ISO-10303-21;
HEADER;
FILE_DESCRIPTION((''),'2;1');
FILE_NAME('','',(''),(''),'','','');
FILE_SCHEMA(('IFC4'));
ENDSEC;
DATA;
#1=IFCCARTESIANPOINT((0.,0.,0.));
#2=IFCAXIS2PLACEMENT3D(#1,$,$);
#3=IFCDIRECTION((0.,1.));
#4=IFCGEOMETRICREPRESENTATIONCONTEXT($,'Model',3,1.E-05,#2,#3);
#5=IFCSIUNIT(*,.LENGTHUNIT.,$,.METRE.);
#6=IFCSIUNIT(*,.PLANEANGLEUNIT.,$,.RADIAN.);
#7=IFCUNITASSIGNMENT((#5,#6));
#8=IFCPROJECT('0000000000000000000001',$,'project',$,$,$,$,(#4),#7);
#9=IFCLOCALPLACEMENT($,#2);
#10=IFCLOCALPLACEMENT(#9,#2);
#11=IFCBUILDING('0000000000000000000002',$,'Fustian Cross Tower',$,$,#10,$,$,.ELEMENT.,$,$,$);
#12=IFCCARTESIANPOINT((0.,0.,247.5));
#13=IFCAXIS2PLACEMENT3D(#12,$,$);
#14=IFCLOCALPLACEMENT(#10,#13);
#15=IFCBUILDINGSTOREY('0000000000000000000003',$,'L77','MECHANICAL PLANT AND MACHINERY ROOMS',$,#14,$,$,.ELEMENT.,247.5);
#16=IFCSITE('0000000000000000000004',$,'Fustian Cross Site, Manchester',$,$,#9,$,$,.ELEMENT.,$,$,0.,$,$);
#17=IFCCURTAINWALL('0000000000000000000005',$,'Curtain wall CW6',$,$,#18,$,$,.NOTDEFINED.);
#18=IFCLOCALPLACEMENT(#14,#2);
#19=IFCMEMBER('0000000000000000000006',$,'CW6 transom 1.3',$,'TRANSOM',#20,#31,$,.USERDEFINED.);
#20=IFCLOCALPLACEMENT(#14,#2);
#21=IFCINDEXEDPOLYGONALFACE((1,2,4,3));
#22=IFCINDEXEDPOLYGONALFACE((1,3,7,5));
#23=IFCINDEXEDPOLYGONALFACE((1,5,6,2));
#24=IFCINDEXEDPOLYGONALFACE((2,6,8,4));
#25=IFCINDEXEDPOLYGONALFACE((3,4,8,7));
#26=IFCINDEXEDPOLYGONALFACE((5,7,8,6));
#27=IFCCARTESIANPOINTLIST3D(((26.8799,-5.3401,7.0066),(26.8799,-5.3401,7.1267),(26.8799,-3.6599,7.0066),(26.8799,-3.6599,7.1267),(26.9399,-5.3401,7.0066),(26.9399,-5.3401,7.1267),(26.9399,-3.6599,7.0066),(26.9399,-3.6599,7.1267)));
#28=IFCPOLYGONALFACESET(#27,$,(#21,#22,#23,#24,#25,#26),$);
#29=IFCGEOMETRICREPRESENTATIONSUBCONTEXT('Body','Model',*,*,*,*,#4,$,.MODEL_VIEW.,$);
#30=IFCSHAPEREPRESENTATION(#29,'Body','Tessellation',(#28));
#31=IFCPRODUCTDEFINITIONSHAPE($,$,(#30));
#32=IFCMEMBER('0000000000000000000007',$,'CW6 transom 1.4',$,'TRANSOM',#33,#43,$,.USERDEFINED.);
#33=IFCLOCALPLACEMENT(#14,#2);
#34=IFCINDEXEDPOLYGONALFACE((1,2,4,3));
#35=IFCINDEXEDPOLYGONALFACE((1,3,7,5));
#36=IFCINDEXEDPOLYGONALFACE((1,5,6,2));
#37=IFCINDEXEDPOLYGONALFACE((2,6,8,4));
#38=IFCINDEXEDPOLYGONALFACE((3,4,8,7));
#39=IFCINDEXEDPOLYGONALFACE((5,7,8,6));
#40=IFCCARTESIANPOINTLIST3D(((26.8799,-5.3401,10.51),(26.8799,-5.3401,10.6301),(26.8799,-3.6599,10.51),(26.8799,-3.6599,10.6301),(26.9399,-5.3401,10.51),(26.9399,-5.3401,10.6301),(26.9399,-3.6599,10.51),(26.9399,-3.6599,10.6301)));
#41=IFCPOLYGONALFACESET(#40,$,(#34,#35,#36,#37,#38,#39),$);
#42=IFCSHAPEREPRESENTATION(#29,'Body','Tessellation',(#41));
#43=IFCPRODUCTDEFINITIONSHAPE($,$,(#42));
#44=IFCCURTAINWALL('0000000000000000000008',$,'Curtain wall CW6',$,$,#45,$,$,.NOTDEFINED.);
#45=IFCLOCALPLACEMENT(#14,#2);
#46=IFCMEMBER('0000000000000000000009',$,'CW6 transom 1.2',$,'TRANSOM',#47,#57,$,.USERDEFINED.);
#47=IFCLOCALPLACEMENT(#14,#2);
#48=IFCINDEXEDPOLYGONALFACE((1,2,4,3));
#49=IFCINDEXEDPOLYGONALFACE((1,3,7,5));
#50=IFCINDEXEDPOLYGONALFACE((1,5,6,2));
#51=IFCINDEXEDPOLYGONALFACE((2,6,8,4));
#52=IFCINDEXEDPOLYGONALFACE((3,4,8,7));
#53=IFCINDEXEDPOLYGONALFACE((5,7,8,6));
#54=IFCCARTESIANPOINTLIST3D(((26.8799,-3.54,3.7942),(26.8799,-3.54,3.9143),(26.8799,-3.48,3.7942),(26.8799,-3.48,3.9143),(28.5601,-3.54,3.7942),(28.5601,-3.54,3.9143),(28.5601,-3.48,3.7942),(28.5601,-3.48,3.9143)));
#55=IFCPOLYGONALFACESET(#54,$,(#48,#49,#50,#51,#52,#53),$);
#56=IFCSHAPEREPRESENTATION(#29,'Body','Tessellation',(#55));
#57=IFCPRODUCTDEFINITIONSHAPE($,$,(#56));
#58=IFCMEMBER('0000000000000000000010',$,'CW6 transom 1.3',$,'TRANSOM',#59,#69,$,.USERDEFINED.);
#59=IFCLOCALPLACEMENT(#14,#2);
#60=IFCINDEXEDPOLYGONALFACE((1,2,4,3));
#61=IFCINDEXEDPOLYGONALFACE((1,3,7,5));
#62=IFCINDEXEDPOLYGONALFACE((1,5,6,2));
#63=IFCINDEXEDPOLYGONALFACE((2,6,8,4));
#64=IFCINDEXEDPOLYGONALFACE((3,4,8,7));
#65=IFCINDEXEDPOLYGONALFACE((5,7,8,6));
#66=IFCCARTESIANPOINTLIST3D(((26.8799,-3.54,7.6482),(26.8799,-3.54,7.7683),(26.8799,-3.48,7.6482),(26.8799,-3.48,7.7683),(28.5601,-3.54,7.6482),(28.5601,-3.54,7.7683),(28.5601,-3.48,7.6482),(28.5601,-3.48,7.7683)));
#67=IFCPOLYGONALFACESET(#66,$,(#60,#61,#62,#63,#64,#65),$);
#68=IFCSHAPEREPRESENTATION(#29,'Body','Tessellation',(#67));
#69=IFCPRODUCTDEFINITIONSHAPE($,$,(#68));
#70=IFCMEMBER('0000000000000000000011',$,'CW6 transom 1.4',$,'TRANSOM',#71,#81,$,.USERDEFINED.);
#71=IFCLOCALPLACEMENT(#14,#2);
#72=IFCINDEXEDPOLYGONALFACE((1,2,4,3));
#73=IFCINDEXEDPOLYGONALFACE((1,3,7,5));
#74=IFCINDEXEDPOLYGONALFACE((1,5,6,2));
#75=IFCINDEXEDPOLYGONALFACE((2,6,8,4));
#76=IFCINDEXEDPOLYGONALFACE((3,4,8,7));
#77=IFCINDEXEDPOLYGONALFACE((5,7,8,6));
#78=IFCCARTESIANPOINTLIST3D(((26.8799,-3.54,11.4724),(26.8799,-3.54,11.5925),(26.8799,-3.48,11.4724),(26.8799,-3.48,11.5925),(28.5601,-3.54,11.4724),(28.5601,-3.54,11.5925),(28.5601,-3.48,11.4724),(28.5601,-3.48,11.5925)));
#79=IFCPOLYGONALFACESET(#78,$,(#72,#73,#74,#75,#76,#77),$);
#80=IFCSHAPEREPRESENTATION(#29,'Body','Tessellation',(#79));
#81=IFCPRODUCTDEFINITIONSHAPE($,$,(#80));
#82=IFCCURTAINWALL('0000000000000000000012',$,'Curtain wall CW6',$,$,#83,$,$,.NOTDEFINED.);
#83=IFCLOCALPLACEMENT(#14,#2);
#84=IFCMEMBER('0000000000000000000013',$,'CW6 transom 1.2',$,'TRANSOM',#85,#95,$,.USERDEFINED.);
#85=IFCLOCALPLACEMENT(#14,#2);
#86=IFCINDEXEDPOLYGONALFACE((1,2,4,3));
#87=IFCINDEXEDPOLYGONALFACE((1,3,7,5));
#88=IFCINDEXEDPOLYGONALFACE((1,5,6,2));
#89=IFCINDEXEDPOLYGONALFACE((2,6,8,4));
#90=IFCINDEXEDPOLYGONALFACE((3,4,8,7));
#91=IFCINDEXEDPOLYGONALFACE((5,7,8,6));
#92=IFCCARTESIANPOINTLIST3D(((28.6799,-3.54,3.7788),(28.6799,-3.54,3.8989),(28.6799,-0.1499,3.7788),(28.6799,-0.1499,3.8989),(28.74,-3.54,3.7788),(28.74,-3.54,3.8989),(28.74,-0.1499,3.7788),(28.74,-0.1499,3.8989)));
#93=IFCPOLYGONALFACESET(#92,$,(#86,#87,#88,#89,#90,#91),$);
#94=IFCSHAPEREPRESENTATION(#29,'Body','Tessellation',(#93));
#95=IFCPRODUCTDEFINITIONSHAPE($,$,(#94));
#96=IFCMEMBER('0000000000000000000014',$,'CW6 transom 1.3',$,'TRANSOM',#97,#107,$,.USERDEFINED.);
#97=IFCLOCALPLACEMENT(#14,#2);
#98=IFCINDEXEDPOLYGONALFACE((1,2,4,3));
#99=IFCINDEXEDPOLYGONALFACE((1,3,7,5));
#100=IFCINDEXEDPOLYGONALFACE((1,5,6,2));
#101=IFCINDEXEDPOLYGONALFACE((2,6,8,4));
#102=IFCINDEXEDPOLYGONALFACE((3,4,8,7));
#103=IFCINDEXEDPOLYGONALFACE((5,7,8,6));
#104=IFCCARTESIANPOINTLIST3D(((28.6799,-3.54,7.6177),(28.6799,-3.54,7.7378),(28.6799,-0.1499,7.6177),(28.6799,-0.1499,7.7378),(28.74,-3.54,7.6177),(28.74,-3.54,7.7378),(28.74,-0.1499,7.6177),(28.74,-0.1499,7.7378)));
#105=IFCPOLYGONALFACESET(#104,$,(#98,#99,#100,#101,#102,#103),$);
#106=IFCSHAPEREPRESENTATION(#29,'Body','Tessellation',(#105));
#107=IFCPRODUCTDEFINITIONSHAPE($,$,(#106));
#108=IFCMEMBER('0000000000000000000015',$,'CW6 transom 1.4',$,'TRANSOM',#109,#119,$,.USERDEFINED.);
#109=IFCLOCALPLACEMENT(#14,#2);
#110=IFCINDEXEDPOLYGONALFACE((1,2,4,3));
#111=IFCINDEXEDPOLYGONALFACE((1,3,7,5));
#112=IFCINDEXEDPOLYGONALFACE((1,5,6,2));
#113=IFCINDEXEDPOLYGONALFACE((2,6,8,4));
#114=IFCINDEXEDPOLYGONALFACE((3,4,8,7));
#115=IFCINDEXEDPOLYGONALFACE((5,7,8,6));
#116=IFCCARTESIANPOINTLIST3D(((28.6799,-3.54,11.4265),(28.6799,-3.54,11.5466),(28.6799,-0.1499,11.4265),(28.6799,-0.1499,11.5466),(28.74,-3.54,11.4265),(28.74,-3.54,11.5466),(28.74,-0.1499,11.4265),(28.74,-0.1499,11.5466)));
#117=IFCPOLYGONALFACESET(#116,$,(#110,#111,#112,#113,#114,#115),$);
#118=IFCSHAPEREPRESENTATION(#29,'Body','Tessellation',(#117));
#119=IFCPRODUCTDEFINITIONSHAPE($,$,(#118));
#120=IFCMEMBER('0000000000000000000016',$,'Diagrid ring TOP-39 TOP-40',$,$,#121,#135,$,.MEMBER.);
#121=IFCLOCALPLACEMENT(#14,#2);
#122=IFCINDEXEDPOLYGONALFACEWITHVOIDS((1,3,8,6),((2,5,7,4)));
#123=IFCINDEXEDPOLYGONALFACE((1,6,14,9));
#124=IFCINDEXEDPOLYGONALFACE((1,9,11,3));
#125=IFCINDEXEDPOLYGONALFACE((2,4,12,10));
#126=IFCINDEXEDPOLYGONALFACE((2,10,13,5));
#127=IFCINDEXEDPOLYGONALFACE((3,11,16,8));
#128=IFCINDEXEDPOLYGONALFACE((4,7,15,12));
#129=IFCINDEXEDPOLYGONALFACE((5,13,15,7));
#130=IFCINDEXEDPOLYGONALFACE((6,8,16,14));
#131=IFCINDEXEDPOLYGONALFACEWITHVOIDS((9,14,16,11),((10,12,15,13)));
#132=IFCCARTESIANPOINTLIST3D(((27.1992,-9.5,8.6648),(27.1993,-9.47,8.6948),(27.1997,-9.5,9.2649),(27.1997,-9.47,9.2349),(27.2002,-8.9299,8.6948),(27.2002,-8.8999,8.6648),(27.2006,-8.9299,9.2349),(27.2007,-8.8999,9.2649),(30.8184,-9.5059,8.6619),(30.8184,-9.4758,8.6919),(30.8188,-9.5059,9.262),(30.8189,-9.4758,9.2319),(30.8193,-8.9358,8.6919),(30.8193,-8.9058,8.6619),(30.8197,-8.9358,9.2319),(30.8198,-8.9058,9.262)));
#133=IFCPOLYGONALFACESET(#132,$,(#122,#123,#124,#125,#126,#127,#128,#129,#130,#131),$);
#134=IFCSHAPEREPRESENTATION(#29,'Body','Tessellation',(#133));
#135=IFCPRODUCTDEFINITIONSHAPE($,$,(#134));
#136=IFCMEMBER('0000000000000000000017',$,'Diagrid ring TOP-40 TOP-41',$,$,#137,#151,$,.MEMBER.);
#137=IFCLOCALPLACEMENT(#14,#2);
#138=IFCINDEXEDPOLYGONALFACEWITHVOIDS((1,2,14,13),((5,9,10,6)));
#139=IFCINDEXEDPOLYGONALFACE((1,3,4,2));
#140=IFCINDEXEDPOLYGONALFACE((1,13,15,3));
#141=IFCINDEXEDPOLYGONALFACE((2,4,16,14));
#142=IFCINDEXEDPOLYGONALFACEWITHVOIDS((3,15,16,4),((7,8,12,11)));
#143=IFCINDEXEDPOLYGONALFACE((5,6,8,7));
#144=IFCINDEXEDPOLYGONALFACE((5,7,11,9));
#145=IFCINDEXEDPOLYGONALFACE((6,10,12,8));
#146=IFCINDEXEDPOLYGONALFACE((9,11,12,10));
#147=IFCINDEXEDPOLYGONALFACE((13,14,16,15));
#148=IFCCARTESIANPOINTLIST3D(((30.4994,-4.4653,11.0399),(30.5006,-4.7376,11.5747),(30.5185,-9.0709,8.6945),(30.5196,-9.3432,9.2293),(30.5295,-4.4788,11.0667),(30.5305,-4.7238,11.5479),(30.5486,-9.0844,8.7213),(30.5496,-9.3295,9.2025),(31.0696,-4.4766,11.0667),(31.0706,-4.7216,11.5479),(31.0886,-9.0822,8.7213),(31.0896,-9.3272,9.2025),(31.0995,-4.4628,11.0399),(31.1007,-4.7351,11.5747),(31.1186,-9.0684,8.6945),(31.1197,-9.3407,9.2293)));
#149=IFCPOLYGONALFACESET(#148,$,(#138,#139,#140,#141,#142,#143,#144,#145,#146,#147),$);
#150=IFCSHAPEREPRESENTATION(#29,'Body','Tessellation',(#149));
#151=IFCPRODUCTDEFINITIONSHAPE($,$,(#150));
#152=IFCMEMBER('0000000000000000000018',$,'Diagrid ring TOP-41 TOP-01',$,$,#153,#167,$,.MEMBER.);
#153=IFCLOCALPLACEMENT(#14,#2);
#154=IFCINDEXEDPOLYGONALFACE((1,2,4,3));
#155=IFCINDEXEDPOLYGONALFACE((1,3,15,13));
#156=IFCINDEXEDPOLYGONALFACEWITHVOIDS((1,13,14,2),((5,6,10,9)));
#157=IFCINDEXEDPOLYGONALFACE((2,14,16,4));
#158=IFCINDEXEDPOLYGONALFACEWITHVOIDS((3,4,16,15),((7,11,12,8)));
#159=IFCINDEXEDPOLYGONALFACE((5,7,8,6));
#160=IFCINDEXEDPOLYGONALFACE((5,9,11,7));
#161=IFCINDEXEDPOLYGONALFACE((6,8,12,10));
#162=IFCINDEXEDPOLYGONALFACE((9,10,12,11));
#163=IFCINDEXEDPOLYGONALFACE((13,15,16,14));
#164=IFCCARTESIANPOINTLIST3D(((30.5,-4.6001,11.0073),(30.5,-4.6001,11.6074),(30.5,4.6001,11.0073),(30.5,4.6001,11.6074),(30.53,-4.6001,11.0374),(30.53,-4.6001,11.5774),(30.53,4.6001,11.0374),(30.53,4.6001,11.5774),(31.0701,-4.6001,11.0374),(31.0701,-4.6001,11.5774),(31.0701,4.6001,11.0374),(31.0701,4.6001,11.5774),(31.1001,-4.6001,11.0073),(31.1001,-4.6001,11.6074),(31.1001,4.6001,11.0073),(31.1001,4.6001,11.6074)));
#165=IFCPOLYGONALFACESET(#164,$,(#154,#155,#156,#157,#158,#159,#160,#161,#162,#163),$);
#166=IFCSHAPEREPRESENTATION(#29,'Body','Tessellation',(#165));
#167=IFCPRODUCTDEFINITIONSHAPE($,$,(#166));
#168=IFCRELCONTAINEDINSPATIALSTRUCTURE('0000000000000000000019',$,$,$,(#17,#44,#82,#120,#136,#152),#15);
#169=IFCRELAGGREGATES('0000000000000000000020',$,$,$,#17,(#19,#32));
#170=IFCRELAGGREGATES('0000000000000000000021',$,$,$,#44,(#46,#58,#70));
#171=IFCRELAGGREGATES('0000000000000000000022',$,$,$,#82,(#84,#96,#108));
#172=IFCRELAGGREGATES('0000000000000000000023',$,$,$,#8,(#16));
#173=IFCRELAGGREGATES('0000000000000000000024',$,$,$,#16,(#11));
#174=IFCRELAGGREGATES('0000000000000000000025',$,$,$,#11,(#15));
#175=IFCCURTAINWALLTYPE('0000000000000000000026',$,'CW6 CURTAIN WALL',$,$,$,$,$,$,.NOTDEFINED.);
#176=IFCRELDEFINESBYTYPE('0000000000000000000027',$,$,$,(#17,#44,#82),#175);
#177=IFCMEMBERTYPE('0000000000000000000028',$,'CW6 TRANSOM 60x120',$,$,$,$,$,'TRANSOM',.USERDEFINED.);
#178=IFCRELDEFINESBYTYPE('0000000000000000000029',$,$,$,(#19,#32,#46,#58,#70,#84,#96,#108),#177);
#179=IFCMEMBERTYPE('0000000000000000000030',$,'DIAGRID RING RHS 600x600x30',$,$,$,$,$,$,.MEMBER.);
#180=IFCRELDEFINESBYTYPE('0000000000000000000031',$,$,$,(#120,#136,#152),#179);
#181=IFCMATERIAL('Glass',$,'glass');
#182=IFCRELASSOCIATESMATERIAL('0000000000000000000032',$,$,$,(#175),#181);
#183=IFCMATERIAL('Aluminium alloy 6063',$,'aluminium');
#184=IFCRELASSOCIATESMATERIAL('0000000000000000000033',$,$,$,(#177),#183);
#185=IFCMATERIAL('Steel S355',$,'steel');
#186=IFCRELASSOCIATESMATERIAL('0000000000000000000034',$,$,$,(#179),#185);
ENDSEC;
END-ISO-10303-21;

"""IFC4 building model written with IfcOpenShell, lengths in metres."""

from ifc_helpers import new_model, si_unit, direction, frame, origin, origin_2d, place, context, subcontext, project, spatial, rectangle, hollow_rectangle, extrude, material, material_profile, profile_set, type_object, element, aggregate, save


model = new_model("IFC4")

# Units and contexts
model_context = context("Model", 3, precision=1e-05, world=origin(), true_north=direction((0.0, 1.0)))
body_context = subcontext(model_context, "Body", "Model", "MODEL_VIEW")
ifc_project = project(units=[si_unit("LENGTHUNIT", "METRE"), si_unit("PLANEANGLEUNIT", "RADIAN")], contexts=[model_context])

# Site, building, storey
site_placement = place(None, origin())
site = spatial("IfcSite", under=ifc_project, at=site_placement, Name="Fustian Cross Site, Manchester", CompositionType="ELEMENT", RefElevation=0.0)
building_placement = place(site_placement, origin())
building = spatial("IfcBuilding", under=site, at=building_placement, Name="Fustian Cross Tower", CompositionType="ELEMENT")
storey_placement = place(building_placement, frame((0.0, 0.0, 247.5)))
storey = spatial("IfcBuildingStorey", under=building, at=storey_placement, Name="L77", Description="MECHANICAL PLANT AND MACHINERY ROOMS", CompositionType="ELEMENT", Elevation=247.5)

# Curtain walls, members
ifc_material_1 = material(Name="Glass", Category="glass")
curtain_wall_type = type_object("IfcCurtainWallType", Name="CW6 CURTAIN WALL", PredefinedType="NOTDEFINED", material=ifc_material_1)
curtain_wall_1_placement = place(storey_placement, origin())
curtain_wall_1 = element("IfcCurtainWall", 1, at=curtain_wall_1_placement, inside=storey, type_object=curtain_wall_type, Name="Curtain wall CW6", PredefinedType="NOTDEFINED")
ifc_material_2 = material(Name="Aluminium alloy 6063", Category="aluminium")
ifc_material_profile_1 = material_profile(ifc_material_2, rectangle(XDim=0.0601, YDim=0.1201, at=origin_2d()), Name="CW6 TRANSOM 60x120")
ifc_profile_set_1 = profile_set([ifc_material_profile_1], Name="Aluminium alloy 6063")
member_type_1 = type_object("IfcMemberType", Name="CW6 TRANSOM 60x120", ElementType="TRANSOM", PredefinedType="USERDEFINED", material=ifc_profile_set_1)
member_1_placement = place(storey_placement, frame((26.9099, -5.3401, 7.0667), z_axis=(0.0, 1.0, 0.0), x_axis=(-1.0, 0.0, 0.0)))
member_1 = element("IfcMember", 2, at=member_1_placement, type_object=member_type_1, Name="CW6 transom 1.3", ObjectType="TRANSOM", PredefinedType="USERDEFINED", context=body_context, shape_type="SweptSolid", body=[
    extrude(rectangle(XDim=0.0601, YDim=0.1201, at=origin_2d()), origin(), (0.0, 0.0, 1.0), 1.6802),
])
member_2_placement = place(storey_placement, frame((26.9099, -5.3401, 10.5701), z_axis=(0.0, 1.0, 0.0), x_axis=(-1.0, 0.0, 0.0)))
member_2 = element("IfcMember", 3, at=member_2_placement, type_object=member_type_1, Name="CW6 transom 1.4", ObjectType="TRANSOM", PredefinedType="USERDEFINED", context=body_context, shape_type="SweptSolid", body=[
    extrude(rectangle(XDim=0.0601, YDim=0.1201, at=origin_2d()), origin(), (0.0, 0.0, 1.0), 1.6802),
])
curtain_wall_2_placement = place(storey_placement, origin())
curtain_wall_2 = element("IfcCurtainWall", 4, at=curtain_wall_2_placement, inside=storey, type_object=curtain_wall_type, Name="Curtain wall CW6", PredefinedType="NOTDEFINED")
member_3_placement = place(storey_placement, frame((26.8799, -3.51, 3.8542), z_axis=(1.0, 0.0, 0.0), x_axis=(0.0, 1.0, 0.0)))
member_3 = element("IfcMember", 5, at=member_3_placement, type_object=member_type_1, Name="CW6 transom 1.2", ObjectType="TRANSOM", PredefinedType="USERDEFINED", context=body_context, shape_type="SweptSolid", body=[
    extrude(rectangle(XDim=0.0601, YDim=0.1201, at=origin_2d()), origin(), (0.0, 0.0, 1.0), 1.6802),
])
member_4_placement = place(storey_placement, frame((26.8799, -3.51, 7.7083), z_axis=(1.0, 0.0, 0.0), x_axis=(0.0, 1.0, 0.0)))
member_4 = element("IfcMember", 6, at=member_4_placement, type_object=member_type_1, Name="CW6 transom 1.3", ObjectType="TRANSOM", PredefinedType="USERDEFINED", context=body_context, shape_type="SweptSolid", body=[
    extrude(rectangle(XDim=0.0601, YDim=0.1201, at=origin_2d()), origin(), (0.0, 0.0, 1.0), 1.6802),
])
member_5_placement = place(storey_placement, frame((26.8799, -3.51, 11.5325), z_axis=(1.0, 0.0, 0.0), x_axis=(0.0, 1.0, 0.0)))
member_5 = element("IfcMember", 7, at=member_5_placement, type_object=member_type_1, Name="CW6 transom 1.4", ObjectType="TRANSOM", PredefinedType="USERDEFINED", context=body_context, shape_type="SweptSolid", body=[
    extrude(rectangle(XDim=0.0601, YDim=0.1201, at=origin_2d()), origin(), (0.0, 0.0, 1.0), 1.6802),
])
curtain_wall_3_placement = place(storey_placement, origin())
curtain_wall_3 = element("IfcCurtainWall", 8, at=curtain_wall_3_placement, inside=storey, type_object=curtain_wall_type, Name="Curtain wall CW6", PredefinedType="NOTDEFINED")
member_6_placement = place(storey_placement, frame((28.71, -3.54, 3.8389), z_axis=(0.0, 1.0, 0.0), x_axis=(-1.0, 0.0, 0.0)))
member_6 = element("IfcMember", 9, at=member_6_placement, type_object=member_type_1, Name="CW6 transom 1.2", ObjectType="TRANSOM", PredefinedType="USERDEFINED", context=body_context, shape_type="SweptSolid", body=[
    extrude(rectangle(XDim=0.0601, YDim=0.1201, at=origin_2d()), origin(), (0.0, 0.0, 1.0), 3.3901),
])
member_7_placement = place(storey_placement, frame((28.71, -3.54, 7.6777), z_axis=(0.0, 1.0, 0.0), x_axis=(-1.0, 0.0, 0.0)))
member_7 = element("IfcMember", 10, at=member_7_placement, type_object=member_type_1, Name="CW6 transom 1.3", ObjectType="TRANSOM", PredefinedType="USERDEFINED", context=body_context, shape_type="SweptSolid", body=[
    extrude(rectangle(XDim=0.0601, YDim=0.1201, at=origin_2d()), origin(), (0.0, 0.0, 1.0), 3.3901),
])
member_8_placement = place(storey_placement, frame((28.71, -3.54, 11.4866), z_axis=(0.0, 1.0, 0.0), x_axis=(-1.0, 0.0, 0.0)))
member_8 = element("IfcMember", 11, at=member_8_placement, type_object=member_type_1, Name="CW6 transom 1.4", ObjectType="TRANSOM", PredefinedType="USERDEFINED", context=body_context, shape_type="SweptSolid", body=[
    extrude(rectangle(XDim=0.0601, YDim=0.1201, at=origin_2d()), origin(), (0.0, 0.0, 1.0), 3.3901),
])

# Members
ifc_material_3 = material(Name="Steel S355", Category="steel")
ifc_material_profile_2 = material_profile(ifc_material_3, hollow_rectangle(XDim=0.6001, YDim=0.6001, WallThickness=0.03, at=origin_2d()), Name="RHS 600x600x30")
ifc_profile_set_2 = profile_set([ifc_material_profile_2], Name="Steel S355")
member_type_2 = type_object("IfcMemberType", Name="DIAGRID RING RHS 600x600x30", PredefinedType="MEMBER", material=ifc_profile_set_2)
member_9_placement = place(storey_placement, frame((27.2, -9.2, 8.9648), z_axis=(0.999998, -0.001619, -0.000809), x_axis=(0.001619, 0.999999, 0.0)))
element("IfcMember", 12, at=member_9_placement, inside=storey, type_object=member_type_2, Name="Diagrid ring TOP-39 TOP-40", PredefinedType="MEMBER", context=body_context, shape_type="SweptSolid", body=[
    extrude(hollow_rectangle(XDim=0.6001, YDim=0.6001, WallThickness=0.03, at=origin_2d()), origin(), (0.0, 0.0, 1.0), 3.6191),
])
member_10_placement = place(storey_placement, frame((30.8191, -9.2058, 8.9619), z_axis=(-0.003684, 0.8911, 0.453792), x_axis=(-0.999991, -0.004135, 0.0)))
element("IfcMember", 13, at=member_10_placement, inside=storey, type_object=member_type_2, Name="Diagrid ring TOP-40 TOP-41", PredefinedType="MEMBER", context=body_context, shape_type="SweptSolid", body=[
    extrude(hollow_rectangle(XDim=0.6001, YDim=0.6001, WallThickness=0.03, at=origin_2d()), origin(), (0.0, 0.0, 1.0), 5.1685),
])
member_11_placement = place(storey_placement, frame((30.8, -4.6001, 11.3074), z_axis=(0.0, 1.0, 0.0), x_axis=(-1.0, 0.0, 0.0)))
element("IfcMember", 14, at=member_11_placement, inside=storey, type_object=member_type_2, Name="Diagrid ring TOP-41 TOP-01", PredefinedType="MEMBER", context=body_context, shape_type="SweptSolid", body=[
    extrude(hollow_rectangle(XDim=0.6001, YDim=0.6001, WallThickness=0.03, at=origin_2d()), origin(), (0.0, 0.0, 1.0), 9.2002),
])

aggregate(curtain_wall_1, [member_1, member_2])
aggregate(curtain_wall_2, [member_3, member_4, member_5])
aggregate(curtain_wall_3, [member_6, member_7, member_8])

save(model, "model.ifc")
